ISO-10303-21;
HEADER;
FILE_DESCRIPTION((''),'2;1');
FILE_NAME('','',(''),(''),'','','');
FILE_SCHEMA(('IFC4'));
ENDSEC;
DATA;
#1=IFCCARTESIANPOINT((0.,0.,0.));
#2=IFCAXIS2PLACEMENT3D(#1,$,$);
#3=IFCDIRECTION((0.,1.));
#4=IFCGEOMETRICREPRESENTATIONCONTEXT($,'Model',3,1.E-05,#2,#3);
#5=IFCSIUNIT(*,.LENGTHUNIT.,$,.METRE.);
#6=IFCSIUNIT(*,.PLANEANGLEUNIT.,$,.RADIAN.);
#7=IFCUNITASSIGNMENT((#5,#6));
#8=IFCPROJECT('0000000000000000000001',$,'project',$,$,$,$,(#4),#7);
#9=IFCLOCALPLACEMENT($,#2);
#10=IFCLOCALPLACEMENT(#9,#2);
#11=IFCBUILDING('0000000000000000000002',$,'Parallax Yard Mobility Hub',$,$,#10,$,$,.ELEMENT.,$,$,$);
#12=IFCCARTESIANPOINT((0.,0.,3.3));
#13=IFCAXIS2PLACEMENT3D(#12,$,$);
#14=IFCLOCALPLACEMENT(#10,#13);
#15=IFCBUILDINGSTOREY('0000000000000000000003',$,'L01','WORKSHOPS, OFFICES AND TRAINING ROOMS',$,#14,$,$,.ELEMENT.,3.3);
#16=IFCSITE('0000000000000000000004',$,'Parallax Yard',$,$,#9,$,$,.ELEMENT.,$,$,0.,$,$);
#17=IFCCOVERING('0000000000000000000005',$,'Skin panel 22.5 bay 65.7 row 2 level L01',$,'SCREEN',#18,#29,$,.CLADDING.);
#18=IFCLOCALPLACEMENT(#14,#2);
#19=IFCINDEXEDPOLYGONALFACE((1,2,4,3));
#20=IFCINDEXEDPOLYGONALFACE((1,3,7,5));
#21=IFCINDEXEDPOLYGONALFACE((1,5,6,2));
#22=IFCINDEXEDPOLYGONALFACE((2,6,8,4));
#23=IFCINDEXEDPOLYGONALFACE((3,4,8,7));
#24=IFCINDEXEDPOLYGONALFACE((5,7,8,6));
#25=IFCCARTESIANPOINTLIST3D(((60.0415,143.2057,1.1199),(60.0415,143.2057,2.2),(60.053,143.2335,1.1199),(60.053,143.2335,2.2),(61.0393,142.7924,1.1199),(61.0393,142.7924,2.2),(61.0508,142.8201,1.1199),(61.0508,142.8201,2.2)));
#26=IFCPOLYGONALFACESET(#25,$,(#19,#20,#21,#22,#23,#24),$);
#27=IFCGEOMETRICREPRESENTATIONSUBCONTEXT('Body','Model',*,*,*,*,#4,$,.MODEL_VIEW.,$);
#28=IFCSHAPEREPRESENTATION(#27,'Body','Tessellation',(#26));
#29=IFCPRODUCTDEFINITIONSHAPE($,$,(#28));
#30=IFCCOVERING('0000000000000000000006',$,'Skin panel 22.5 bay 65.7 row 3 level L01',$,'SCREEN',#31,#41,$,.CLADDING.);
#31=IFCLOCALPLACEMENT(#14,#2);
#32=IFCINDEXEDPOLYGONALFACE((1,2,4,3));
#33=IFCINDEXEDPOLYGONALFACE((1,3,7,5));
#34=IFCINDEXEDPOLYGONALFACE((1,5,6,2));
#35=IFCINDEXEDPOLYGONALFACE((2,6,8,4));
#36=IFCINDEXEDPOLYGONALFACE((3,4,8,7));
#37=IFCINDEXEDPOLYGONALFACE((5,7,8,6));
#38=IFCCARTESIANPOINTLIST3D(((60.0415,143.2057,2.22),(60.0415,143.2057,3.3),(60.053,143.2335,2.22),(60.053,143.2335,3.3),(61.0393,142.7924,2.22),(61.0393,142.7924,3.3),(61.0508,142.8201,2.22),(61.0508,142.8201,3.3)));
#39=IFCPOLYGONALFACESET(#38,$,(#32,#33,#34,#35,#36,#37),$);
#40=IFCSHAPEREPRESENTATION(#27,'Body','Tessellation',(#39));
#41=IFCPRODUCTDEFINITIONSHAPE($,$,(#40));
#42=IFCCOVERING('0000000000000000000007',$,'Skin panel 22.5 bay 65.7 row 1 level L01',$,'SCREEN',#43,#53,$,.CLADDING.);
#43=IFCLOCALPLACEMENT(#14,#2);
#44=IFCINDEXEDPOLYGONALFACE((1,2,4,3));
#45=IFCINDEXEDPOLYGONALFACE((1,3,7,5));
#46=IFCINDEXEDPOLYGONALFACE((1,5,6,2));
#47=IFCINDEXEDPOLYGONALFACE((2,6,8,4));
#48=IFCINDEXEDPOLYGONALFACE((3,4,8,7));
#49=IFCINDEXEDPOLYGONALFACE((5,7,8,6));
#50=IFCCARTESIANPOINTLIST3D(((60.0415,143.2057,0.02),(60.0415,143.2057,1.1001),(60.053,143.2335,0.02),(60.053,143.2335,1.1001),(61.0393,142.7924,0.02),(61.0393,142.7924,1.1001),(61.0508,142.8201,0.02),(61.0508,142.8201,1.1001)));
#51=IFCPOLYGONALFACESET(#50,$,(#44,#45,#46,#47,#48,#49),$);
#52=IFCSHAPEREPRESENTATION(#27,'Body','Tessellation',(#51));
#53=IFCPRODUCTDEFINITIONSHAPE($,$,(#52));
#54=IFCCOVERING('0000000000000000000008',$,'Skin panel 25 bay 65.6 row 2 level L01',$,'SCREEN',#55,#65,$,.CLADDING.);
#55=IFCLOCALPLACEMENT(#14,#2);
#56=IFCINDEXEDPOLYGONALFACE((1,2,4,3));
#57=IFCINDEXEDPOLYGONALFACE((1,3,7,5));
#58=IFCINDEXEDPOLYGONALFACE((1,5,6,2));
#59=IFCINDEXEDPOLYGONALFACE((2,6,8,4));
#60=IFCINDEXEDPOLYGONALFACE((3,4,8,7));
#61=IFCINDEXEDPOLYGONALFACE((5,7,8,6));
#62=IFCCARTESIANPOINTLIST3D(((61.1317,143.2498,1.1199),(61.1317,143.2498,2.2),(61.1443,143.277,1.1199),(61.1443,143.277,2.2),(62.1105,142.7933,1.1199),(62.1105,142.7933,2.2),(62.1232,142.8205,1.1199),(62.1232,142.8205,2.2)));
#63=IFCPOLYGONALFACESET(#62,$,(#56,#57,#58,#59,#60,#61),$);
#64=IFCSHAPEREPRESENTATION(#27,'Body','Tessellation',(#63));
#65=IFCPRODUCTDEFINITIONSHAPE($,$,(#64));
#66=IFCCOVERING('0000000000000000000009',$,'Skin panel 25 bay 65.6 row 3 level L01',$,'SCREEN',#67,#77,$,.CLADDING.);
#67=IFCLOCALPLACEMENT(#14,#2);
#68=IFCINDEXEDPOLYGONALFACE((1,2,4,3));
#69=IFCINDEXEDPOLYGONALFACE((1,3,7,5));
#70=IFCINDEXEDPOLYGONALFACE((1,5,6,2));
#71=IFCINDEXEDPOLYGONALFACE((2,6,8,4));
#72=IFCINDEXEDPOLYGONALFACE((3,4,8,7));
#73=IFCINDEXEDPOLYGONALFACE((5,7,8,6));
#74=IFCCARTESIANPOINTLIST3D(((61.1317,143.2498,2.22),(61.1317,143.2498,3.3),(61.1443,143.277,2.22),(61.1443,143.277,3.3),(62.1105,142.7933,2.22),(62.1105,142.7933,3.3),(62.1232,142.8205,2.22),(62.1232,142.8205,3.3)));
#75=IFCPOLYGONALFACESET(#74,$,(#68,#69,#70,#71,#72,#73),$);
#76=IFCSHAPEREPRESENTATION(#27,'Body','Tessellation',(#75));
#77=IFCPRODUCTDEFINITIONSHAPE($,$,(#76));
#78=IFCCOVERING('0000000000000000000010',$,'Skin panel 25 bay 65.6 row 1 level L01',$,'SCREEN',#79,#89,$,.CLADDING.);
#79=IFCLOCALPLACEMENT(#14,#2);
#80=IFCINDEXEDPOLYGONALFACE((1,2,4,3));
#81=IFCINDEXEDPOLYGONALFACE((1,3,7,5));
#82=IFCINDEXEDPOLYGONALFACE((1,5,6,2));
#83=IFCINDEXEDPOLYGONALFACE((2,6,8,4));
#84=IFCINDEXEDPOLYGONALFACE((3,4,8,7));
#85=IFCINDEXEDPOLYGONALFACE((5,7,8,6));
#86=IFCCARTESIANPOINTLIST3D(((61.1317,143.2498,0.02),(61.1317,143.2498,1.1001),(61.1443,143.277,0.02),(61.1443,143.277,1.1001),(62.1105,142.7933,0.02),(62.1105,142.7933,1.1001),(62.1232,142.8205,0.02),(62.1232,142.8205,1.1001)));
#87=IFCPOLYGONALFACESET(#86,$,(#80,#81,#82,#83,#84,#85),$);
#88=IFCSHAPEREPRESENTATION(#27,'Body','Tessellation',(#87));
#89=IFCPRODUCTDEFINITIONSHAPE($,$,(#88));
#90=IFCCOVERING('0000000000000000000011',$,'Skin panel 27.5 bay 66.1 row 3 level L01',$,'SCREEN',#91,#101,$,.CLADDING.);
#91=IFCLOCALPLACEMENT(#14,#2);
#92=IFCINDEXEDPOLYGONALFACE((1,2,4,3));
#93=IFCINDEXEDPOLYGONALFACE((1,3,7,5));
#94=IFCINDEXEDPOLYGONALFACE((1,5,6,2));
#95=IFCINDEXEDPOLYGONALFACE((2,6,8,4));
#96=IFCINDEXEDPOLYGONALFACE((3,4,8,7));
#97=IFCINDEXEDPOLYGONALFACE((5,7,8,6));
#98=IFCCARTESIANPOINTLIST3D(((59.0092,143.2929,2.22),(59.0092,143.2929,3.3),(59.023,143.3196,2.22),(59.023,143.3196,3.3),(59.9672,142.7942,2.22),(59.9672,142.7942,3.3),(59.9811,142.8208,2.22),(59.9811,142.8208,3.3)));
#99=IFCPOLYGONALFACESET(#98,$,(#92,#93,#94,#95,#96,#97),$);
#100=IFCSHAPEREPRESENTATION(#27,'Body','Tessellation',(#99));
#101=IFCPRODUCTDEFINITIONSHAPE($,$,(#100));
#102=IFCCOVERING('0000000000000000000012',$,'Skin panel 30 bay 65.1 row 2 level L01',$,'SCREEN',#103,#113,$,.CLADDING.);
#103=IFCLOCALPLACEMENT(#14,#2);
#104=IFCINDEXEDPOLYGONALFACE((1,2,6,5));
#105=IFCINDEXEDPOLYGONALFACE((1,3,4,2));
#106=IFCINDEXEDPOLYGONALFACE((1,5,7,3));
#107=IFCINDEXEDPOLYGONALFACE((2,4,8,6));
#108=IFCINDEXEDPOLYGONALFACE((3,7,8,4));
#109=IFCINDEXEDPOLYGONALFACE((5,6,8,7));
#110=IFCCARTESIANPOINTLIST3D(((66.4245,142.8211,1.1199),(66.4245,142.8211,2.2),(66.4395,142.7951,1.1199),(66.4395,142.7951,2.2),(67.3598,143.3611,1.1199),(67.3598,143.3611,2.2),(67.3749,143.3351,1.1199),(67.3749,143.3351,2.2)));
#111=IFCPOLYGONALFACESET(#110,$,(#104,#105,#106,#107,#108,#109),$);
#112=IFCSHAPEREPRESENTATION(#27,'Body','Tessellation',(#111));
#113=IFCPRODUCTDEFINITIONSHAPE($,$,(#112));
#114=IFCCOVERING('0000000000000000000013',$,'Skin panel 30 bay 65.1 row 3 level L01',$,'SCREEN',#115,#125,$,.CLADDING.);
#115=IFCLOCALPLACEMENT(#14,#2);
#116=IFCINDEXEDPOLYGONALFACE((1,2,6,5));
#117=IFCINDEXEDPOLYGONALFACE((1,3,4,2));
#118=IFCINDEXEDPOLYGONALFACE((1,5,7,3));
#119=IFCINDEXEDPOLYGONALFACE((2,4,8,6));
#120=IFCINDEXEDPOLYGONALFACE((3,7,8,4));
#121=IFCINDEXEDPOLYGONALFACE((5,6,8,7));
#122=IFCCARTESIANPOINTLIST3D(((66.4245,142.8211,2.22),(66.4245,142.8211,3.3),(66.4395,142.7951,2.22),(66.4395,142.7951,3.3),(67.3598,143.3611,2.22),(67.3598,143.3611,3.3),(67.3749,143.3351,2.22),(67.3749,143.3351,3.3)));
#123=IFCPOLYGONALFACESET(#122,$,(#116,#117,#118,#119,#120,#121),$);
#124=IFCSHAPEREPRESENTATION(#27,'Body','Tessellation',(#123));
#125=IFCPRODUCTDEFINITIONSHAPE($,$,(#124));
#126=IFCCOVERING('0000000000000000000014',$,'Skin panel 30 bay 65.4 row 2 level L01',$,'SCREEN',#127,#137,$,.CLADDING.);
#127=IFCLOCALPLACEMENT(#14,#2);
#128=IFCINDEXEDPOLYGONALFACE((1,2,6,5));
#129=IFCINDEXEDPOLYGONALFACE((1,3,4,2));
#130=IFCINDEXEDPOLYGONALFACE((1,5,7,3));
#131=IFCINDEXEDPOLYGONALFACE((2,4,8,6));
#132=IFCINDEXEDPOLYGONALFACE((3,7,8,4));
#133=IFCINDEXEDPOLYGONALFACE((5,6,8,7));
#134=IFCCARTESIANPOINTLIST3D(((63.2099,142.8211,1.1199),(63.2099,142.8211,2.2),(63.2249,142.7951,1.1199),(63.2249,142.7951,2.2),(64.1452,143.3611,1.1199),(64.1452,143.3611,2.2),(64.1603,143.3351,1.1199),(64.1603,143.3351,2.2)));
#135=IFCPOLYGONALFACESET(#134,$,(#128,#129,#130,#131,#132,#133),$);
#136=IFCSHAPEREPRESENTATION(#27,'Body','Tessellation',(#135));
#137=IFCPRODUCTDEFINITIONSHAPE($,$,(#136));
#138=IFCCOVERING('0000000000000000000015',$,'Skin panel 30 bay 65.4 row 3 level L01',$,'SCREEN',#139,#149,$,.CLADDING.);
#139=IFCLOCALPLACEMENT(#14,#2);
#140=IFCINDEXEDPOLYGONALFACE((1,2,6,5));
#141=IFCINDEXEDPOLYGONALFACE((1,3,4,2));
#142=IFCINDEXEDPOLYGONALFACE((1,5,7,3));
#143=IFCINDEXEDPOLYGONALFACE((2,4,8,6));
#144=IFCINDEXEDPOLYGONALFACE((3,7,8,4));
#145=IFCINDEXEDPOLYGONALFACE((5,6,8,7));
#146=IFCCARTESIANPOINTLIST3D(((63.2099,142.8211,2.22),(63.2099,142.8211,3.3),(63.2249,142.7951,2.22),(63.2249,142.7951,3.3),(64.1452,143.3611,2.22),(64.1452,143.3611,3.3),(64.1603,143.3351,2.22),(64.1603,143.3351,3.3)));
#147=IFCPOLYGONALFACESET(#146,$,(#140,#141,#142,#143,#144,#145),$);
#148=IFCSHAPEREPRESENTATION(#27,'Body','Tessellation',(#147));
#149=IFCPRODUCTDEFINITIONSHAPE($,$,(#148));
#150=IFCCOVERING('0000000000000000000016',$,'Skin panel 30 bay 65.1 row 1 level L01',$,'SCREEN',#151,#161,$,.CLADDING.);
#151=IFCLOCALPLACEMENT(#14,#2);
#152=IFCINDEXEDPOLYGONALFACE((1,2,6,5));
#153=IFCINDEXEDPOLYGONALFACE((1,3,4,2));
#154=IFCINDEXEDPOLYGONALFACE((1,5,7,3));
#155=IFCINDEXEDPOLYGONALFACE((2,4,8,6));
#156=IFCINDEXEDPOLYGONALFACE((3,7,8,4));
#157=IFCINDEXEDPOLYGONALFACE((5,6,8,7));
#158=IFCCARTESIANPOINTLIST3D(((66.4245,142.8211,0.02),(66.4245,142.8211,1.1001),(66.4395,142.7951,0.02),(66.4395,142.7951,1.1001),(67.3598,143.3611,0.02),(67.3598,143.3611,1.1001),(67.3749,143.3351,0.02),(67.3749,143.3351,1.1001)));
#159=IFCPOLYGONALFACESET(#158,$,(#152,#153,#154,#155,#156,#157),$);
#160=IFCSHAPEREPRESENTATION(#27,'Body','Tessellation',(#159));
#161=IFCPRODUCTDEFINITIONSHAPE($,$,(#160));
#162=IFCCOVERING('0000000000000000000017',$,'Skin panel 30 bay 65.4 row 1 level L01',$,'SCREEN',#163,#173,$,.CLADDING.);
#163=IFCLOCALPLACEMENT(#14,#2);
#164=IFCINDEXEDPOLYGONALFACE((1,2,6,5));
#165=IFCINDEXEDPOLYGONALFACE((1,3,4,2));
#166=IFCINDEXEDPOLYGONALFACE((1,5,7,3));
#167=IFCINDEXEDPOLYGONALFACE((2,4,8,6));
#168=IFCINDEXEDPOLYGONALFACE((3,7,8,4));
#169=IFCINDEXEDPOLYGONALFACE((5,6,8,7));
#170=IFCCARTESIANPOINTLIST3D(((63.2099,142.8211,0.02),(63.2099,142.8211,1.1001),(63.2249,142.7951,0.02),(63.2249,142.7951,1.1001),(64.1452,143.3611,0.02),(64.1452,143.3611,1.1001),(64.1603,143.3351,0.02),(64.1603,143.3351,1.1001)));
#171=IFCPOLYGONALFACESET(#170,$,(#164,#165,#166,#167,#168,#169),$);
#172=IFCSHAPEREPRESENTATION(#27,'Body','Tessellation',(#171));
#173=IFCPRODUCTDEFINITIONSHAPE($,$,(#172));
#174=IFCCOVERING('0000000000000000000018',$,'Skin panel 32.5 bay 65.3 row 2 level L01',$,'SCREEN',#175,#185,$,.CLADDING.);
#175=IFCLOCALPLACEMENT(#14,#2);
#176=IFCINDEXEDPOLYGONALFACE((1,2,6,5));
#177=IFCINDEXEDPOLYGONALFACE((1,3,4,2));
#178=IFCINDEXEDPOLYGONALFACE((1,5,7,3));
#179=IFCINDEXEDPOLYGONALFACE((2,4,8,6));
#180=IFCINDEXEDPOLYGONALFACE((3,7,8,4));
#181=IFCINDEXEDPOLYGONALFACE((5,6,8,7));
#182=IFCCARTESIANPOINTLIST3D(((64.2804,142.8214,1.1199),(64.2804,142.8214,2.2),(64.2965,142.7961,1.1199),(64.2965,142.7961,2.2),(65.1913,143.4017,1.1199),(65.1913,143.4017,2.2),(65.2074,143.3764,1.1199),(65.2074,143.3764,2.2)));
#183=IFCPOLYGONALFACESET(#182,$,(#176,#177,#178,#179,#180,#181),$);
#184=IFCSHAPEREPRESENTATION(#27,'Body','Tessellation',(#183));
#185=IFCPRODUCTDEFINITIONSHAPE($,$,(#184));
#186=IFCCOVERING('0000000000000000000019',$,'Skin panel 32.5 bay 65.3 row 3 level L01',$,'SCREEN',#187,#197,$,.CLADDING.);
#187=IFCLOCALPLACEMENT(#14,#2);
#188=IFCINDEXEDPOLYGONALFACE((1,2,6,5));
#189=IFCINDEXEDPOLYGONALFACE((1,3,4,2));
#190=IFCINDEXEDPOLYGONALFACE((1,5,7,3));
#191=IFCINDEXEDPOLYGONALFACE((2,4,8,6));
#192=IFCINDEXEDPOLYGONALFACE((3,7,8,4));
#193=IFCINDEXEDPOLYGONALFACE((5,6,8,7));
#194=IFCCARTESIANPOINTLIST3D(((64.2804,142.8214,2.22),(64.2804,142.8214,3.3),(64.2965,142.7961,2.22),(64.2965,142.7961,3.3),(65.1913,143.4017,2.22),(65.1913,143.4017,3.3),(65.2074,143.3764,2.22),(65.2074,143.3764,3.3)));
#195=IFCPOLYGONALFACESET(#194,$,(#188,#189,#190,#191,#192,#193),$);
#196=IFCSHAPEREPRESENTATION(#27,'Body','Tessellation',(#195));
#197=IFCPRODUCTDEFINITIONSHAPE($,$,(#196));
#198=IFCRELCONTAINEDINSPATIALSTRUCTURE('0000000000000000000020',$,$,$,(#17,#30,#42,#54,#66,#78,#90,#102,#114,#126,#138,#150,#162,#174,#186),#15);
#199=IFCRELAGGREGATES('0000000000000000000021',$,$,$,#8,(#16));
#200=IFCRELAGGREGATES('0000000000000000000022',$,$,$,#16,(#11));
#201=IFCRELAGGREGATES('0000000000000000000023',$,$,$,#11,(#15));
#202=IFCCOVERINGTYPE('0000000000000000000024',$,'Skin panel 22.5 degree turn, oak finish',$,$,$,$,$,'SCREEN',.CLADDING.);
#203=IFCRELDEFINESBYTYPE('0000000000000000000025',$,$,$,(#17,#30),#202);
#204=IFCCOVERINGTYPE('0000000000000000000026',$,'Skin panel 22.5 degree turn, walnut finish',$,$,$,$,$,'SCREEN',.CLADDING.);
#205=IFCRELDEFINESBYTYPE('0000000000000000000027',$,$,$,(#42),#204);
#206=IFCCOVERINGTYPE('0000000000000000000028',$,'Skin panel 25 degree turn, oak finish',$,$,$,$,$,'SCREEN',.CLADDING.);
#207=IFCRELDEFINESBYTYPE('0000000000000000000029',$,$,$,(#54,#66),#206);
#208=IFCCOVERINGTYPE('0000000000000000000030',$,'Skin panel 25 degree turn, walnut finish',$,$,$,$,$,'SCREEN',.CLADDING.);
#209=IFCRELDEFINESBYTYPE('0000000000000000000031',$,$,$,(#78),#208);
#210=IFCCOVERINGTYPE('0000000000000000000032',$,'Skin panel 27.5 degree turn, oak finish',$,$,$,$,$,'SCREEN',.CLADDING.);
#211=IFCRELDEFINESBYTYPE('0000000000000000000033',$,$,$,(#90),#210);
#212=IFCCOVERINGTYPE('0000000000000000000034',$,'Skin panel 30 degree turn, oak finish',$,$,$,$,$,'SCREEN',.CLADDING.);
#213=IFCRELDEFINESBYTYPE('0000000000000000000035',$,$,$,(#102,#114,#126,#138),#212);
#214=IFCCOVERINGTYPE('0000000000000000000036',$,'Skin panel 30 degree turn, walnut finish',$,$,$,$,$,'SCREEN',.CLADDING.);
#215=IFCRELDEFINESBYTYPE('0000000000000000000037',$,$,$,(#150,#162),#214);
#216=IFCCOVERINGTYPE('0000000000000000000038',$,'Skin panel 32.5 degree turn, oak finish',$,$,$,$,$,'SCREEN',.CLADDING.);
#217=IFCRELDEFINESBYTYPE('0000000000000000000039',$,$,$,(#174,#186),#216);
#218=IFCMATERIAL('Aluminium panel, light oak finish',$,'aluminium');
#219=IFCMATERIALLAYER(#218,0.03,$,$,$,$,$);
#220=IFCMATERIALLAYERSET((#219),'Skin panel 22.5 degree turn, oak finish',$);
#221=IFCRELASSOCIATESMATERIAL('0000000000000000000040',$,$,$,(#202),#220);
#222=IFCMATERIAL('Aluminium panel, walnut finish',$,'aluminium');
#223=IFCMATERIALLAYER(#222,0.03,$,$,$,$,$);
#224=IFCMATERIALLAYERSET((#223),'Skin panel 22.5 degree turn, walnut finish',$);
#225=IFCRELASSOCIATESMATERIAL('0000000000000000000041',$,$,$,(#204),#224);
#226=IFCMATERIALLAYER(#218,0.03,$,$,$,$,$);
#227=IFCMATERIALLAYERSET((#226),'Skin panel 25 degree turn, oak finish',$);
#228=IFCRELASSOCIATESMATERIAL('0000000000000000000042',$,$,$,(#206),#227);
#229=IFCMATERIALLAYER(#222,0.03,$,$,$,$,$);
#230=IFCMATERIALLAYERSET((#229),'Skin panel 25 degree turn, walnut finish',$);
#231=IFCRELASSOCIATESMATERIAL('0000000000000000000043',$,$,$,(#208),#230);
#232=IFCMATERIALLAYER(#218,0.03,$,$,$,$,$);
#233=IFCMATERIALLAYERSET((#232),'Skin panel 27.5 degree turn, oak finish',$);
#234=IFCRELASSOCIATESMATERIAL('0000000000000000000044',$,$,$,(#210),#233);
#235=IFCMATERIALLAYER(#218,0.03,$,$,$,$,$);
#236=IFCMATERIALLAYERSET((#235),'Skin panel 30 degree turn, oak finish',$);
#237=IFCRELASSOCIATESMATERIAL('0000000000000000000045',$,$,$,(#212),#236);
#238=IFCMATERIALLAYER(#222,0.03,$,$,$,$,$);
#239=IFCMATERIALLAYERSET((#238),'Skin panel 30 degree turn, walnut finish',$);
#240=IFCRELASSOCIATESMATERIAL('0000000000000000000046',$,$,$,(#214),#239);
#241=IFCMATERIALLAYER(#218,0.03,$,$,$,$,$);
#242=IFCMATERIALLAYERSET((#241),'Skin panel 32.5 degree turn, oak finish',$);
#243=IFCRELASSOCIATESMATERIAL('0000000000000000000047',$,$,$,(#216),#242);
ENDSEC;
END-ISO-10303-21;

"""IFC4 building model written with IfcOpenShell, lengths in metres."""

from ifc_helpers import new_model, si_unit, direction, frame, origin, origin_2d, place, context, subcontext, project, spatial, rectangle, extrude, material, layer, layer_set, type_object, element, save


model = new_model("IFC4")

# Units and contexts
model_context = context("Model", 3, precision=1e-05, world=origin(), true_north=direction((0.0, 1.0)))
body_context = subcontext(model_context, "Body", "Model", "MODEL_VIEW")
ifc_project = project(units=[si_unit("LENGTHUNIT", "METRE"), si_unit("PLANEANGLEUNIT", "RADIAN")], contexts=[model_context])

# Site, building, storey
site_placement = place(None, origin())
site = spatial("IfcSite", under=ifc_project, at=site_placement, Name="Parallax Yard", CompositionType="ELEMENT", RefElevation=0.0)
building_placement = place(site_placement, origin())
building = spatial("IfcBuilding", under=site, at=building_placement, Name="Parallax Yard Mobility Hub", CompositionType="ELEMENT")
storey_placement = place(building_placement, frame((0.0, 0.0, 3.3)))
storey = spatial("IfcBuildingStorey", under=building, at=storey_placement, Name="L01", Description="WORKSHOPS, OFFICES AND TRAINING ROOMS", CompositionType="ELEMENT", Elevation=3.3)

# Coverings
ifc_material_1 = material(Name="Aluminium panel, light oak finish", Category="aluminium")
ifc_layer_1 = layer(ifc_material_1, 0.03)
ifc_layer_set_1 = layer_set([ifc_layer_1], Name="Skin panel 22.5 degree turn, oak finish")
covering_type_1 = type_object("IfcCoveringType", Name="Skin panel 22.5 degree turn, oak finish", ElementType="SCREEN", PredefinedType="CLADDING", material=ifc_layer_set_1)
for number, where, z_axis, x_axis, name in (
    (1, (60.5461, 143.0129, 1.1199), (0.0, 0.0, 1.0), (-0.92388, 0.382683, 0.0), "Skin panel 22.5 bay 65.7 row 2 level L01"),
    (2, (60.5461, 143.0129, 2.22), (0.0, 0.0, 1.0), (-0.92388, 0.382683, 0.0), "Skin panel 22.5 bay 65.7 row 3 level L01"),
):
    element("IfcCovering", number, at=place(storey_placement, frame(where, z_axis=z_axis, x_axis=x_axis)), inside=storey, type_object=covering_type_1, Name=name, ObjectType="SCREEN", PredefinedType="CLADDING", context=body_context, shape_type="SweptSolid", body=[
        extrude(rectangle(XDim=1.0801, YDim=0.03, at=origin_2d()), origin(), (0.0, 0.0, 1.0), 1.0801),
    ])
ifc_material_2 = material(Name="Aluminium panel, walnut finish", Category="aluminium")
ifc_layer_2 = layer(ifc_material_2, 0.03)
ifc_layer_set_2 = layer_set([ifc_layer_2], Name="Skin panel 22.5 degree turn, walnut finish")
covering_type_2 = type_object("IfcCoveringType", Name="Skin panel 22.5 degree turn, walnut finish", ElementType="SCREEN", PredefinedType="CLADDING", material=ifc_layer_set_2)
covering_1_placement = place(storey_placement, frame((60.5461, 143.0129, 0.02), z_axis=(0.0, 0.0, 1.0), x_axis=(-0.92388, 0.382683, 0.0)))
element("IfcCovering", 3, at=covering_1_placement, inside=storey, type_object=covering_type_2, Name="Skin panel 22.5 bay 65.7 row 1 level L01", ObjectType="SCREEN", PredefinedType="CLADDING", context=body_context, shape_type="SweptSolid", body=[
    extrude(rectangle(XDim=1.0801, YDim=0.03, at=origin_2d()), origin(), (0.0, 0.0, 1.0), 1.0801),
])
ifc_layer_3 = layer(ifc_material_1, 0.03)
ifc_layer_set_3 = layer_set([ifc_layer_3], Name="Skin panel 25 degree turn, oak finish")
covering_type_3 = type_object("IfcCoveringType", Name="Skin panel 25 degree turn, oak finish", ElementType="SCREEN", PredefinedType="CLADDING", material=ifc_layer_set_3)
for number, where, z_axis, x_axis, name in (
    (4, (61.6274, 143.0352, 1.1199), (0.0, 0.0, 1.0), (-0.906308, 0.422618, 0.0), "Skin panel 25 bay 65.6 row 2 level L01"),
    (5, (61.6274, 143.0352, 2.22), (0.0, 0.0, 1.0), (-0.906308, 0.422618, 0.0), "Skin panel 25 bay 65.6 row 3 level L01"),
):
    element("IfcCovering", number, at=place(storey_placement, frame(where, z_axis=z_axis, x_axis=x_axis)), inside=storey, type_object=covering_type_3, Name=name, ObjectType="SCREEN", PredefinedType="CLADDING", context=body_context, shape_type="SweptSolid", body=[
        extrude(rectangle(XDim=1.0801, YDim=0.03, at=origin_2d()), origin(), (0.0, 0.0, 1.0), 1.0801),
    ])
ifc_layer_4 = layer(ifc_material_2, 0.03)
ifc_layer_set_4 = layer_set([ifc_layer_4], Name="Skin panel 25 degree turn, walnut finish")
covering_type_4 = type_object("IfcCoveringType", Name="Skin panel 25 degree turn, walnut finish", ElementType="SCREEN", PredefinedType="CLADDING", material=ifc_layer_set_4)
covering_2_placement = place(storey_placement, frame((61.6274, 143.0352, 0.02), z_axis=(0.0, 0.0, 1.0), x_axis=(-0.906308, 0.422618, 0.0)))
element("IfcCovering", 6, at=covering_2_placement, inside=storey, type_object=covering_type_4, Name="Skin panel 25 bay 65.6 row 1 level L01", ObjectType="SCREEN", PredefinedType="CLADDING", context=body_context, shape_type="SweptSolid", body=[
    extrude(rectangle(XDim=1.0801, YDim=0.03, at=origin_2d()), origin(), (0.0, 0.0, 1.0), 1.0801),
])
ifc_layer_5 = layer(ifc_material_1, 0.03)
ifc_layer_set_5 = layer_set([ifc_layer_5], Name="Skin panel 27.5 degree turn, oak finish")
covering_type_5 = type_object("IfcCoveringType", Name="Skin panel 27.5 degree turn, oak finish", ElementType="SCREEN", PredefinedType="CLADDING", material=ifc_layer_set_5)
covering_3_placement = place(storey_placement, frame((59.4951, 143.0569, 2.22), z_axis=(0.0, 0.0, 1.0), x_axis=(-0.887011, 0.461749, 0.0)))
element("IfcCovering", 7, at=covering_3_placement, inside=storey, type_object=covering_type_5, Name="Skin panel 27.5 bay 66.1 row 3 level L01", ObjectType="SCREEN", PredefinedType="CLADDING", context=body_context, shape_type="SweptSolid", body=[
    extrude(rectangle(XDim=1.0801, YDim=0.03, at=origin_2d()), origin(), (0.0, 0.0, 1.0), 1.0801),
])
ifc_layer_6 = layer(ifc_material_1, 0.03)
ifc_layer_set_6 = layer_set([ifc_layer_6], Name="Skin panel 30 degree turn, oak finish")
covering_type_6 = type_object("IfcCoveringType", Name="Skin panel 30 degree turn, oak finish", ElementType="SCREEN", PredefinedType="CLADDING", material=ifc_layer_set_6)
for number, where, z_axis, x_axis, name in (
    (8, (66.8997, 143.0781, 1.1199), (0.0, 0.0, 1.0), (0.866025, 0.5, 0.0), "Skin panel 30 bay 65.1 row 2 level L01"),
    (9, (66.8997, 143.0781, 2.22), (0.0, 0.0, 1.0), (0.866025, 0.5, 0.0), "Skin panel 30 bay 65.1 row 3 level L01"),
    (10, (63.6851, 143.0781, 1.1199), (0.0, 0.0, 1.0), (0.866025, 0.5, 0.0), "Skin panel 30 bay 65.4 row 2 level L01"),
    (11, (63.6851, 143.0781, 2.22), (0.0, 0.0, 1.0), (0.866025, 0.5, 0.0), "Skin panel 30 bay 65.4 row 3 level L01"),
):
    element("IfcCovering", number, at=place(storey_placement, frame(where, z_axis=z_axis, x_axis=x_axis)), inside=storey, type_object=covering_type_6, Name=name, ObjectType="SCREEN", PredefinedType="CLADDING", context=body_context, shape_type="SweptSolid", body=[
        extrude(rectangle(XDim=1.0801, YDim=0.03, at=origin_2d()), origin(), (0.0, 0.0, 1.0), 1.0801),
    ])
ifc_layer_7 = layer(ifc_material_2, 0.03)
ifc_layer_set_7 = layer_set([ifc_layer_7], Name="Skin panel 30 degree turn, walnut finish")
covering_type_7 = type_object("IfcCoveringType", Name="Skin panel 30 degree turn, walnut finish", ElementType="SCREEN", PredefinedType="CLADDING", material=ifc_layer_set_7)
for number, where, z_axis, x_axis, name in (
    (12, (66.8997, 143.0781, 0.02), (0.0, 0.0, 1.0), (0.866025, 0.5, 0.0), "Skin panel 30 bay 65.1 row 1 level L01"),
    (13, (63.6851, 143.0781, 0.02), (0.0, 0.0, 1.0), (0.866025, 0.5, 0.0), "Skin panel 30 bay 65.4 row 1 level L01"),
):
    element("IfcCovering", number, at=place(storey_placement, frame(where, z_axis=z_axis, x_axis=x_axis)), inside=storey, type_object=covering_type_7, Name=name, ObjectType="SCREEN", PredefinedType="CLADDING", context=body_context, shape_type="SweptSolid", body=[
        extrude(rectangle(XDim=1.0801, YDim=0.03, at=origin_2d()), origin(), (0.0, 0.0, 1.0), 1.0801),
    ])
ifc_layer_8 = layer(ifc_material_1, 0.03)
ifc_layer_set_8 = layer_set([ifc_layer_8], Name="Skin panel 32.5 degree turn, oak finish")
covering_type_8 = type_object("IfcCoveringType", Name="Skin panel 32.5 degree turn, oak finish", ElementType="SCREEN", PredefinedType="CLADDING", material=ifc_layer_set_8)
for number, where, z_axis, x_axis, name in (
    (14, (64.7439, 143.0989, 1.1199), (0.0, 0.0, 1.0), (0.843391, 0.5373, 0.0), "Skin panel 32.5 bay 65.3 row 2 level L01"),
    (15, (64.7439, 143.0989, 2.22), (0.0, 0.0, 1.0), (0.843391, 0.5373, 0.0), "Skin panel 32.5 bay 65.3 row 3 level L01"),
):
    element("IfcCovering", number, at=place(storey_placement, frame(where, z_axis=z_axis, x_axis=x_axis)), inside=storey, type_object=covering_type_8, Name=name, ObjectType="SCREEN", PredefinedType="CLADDING", context=body_context, shape_type="SweptSolid", body=[
        extrude(rectangle(XDim=1.0801, YDim=0.03, at=origin_2d()), origin(), (0.0, 0.0, 1.0), 1.0801),
    ])

save(model, "model.ifc")
